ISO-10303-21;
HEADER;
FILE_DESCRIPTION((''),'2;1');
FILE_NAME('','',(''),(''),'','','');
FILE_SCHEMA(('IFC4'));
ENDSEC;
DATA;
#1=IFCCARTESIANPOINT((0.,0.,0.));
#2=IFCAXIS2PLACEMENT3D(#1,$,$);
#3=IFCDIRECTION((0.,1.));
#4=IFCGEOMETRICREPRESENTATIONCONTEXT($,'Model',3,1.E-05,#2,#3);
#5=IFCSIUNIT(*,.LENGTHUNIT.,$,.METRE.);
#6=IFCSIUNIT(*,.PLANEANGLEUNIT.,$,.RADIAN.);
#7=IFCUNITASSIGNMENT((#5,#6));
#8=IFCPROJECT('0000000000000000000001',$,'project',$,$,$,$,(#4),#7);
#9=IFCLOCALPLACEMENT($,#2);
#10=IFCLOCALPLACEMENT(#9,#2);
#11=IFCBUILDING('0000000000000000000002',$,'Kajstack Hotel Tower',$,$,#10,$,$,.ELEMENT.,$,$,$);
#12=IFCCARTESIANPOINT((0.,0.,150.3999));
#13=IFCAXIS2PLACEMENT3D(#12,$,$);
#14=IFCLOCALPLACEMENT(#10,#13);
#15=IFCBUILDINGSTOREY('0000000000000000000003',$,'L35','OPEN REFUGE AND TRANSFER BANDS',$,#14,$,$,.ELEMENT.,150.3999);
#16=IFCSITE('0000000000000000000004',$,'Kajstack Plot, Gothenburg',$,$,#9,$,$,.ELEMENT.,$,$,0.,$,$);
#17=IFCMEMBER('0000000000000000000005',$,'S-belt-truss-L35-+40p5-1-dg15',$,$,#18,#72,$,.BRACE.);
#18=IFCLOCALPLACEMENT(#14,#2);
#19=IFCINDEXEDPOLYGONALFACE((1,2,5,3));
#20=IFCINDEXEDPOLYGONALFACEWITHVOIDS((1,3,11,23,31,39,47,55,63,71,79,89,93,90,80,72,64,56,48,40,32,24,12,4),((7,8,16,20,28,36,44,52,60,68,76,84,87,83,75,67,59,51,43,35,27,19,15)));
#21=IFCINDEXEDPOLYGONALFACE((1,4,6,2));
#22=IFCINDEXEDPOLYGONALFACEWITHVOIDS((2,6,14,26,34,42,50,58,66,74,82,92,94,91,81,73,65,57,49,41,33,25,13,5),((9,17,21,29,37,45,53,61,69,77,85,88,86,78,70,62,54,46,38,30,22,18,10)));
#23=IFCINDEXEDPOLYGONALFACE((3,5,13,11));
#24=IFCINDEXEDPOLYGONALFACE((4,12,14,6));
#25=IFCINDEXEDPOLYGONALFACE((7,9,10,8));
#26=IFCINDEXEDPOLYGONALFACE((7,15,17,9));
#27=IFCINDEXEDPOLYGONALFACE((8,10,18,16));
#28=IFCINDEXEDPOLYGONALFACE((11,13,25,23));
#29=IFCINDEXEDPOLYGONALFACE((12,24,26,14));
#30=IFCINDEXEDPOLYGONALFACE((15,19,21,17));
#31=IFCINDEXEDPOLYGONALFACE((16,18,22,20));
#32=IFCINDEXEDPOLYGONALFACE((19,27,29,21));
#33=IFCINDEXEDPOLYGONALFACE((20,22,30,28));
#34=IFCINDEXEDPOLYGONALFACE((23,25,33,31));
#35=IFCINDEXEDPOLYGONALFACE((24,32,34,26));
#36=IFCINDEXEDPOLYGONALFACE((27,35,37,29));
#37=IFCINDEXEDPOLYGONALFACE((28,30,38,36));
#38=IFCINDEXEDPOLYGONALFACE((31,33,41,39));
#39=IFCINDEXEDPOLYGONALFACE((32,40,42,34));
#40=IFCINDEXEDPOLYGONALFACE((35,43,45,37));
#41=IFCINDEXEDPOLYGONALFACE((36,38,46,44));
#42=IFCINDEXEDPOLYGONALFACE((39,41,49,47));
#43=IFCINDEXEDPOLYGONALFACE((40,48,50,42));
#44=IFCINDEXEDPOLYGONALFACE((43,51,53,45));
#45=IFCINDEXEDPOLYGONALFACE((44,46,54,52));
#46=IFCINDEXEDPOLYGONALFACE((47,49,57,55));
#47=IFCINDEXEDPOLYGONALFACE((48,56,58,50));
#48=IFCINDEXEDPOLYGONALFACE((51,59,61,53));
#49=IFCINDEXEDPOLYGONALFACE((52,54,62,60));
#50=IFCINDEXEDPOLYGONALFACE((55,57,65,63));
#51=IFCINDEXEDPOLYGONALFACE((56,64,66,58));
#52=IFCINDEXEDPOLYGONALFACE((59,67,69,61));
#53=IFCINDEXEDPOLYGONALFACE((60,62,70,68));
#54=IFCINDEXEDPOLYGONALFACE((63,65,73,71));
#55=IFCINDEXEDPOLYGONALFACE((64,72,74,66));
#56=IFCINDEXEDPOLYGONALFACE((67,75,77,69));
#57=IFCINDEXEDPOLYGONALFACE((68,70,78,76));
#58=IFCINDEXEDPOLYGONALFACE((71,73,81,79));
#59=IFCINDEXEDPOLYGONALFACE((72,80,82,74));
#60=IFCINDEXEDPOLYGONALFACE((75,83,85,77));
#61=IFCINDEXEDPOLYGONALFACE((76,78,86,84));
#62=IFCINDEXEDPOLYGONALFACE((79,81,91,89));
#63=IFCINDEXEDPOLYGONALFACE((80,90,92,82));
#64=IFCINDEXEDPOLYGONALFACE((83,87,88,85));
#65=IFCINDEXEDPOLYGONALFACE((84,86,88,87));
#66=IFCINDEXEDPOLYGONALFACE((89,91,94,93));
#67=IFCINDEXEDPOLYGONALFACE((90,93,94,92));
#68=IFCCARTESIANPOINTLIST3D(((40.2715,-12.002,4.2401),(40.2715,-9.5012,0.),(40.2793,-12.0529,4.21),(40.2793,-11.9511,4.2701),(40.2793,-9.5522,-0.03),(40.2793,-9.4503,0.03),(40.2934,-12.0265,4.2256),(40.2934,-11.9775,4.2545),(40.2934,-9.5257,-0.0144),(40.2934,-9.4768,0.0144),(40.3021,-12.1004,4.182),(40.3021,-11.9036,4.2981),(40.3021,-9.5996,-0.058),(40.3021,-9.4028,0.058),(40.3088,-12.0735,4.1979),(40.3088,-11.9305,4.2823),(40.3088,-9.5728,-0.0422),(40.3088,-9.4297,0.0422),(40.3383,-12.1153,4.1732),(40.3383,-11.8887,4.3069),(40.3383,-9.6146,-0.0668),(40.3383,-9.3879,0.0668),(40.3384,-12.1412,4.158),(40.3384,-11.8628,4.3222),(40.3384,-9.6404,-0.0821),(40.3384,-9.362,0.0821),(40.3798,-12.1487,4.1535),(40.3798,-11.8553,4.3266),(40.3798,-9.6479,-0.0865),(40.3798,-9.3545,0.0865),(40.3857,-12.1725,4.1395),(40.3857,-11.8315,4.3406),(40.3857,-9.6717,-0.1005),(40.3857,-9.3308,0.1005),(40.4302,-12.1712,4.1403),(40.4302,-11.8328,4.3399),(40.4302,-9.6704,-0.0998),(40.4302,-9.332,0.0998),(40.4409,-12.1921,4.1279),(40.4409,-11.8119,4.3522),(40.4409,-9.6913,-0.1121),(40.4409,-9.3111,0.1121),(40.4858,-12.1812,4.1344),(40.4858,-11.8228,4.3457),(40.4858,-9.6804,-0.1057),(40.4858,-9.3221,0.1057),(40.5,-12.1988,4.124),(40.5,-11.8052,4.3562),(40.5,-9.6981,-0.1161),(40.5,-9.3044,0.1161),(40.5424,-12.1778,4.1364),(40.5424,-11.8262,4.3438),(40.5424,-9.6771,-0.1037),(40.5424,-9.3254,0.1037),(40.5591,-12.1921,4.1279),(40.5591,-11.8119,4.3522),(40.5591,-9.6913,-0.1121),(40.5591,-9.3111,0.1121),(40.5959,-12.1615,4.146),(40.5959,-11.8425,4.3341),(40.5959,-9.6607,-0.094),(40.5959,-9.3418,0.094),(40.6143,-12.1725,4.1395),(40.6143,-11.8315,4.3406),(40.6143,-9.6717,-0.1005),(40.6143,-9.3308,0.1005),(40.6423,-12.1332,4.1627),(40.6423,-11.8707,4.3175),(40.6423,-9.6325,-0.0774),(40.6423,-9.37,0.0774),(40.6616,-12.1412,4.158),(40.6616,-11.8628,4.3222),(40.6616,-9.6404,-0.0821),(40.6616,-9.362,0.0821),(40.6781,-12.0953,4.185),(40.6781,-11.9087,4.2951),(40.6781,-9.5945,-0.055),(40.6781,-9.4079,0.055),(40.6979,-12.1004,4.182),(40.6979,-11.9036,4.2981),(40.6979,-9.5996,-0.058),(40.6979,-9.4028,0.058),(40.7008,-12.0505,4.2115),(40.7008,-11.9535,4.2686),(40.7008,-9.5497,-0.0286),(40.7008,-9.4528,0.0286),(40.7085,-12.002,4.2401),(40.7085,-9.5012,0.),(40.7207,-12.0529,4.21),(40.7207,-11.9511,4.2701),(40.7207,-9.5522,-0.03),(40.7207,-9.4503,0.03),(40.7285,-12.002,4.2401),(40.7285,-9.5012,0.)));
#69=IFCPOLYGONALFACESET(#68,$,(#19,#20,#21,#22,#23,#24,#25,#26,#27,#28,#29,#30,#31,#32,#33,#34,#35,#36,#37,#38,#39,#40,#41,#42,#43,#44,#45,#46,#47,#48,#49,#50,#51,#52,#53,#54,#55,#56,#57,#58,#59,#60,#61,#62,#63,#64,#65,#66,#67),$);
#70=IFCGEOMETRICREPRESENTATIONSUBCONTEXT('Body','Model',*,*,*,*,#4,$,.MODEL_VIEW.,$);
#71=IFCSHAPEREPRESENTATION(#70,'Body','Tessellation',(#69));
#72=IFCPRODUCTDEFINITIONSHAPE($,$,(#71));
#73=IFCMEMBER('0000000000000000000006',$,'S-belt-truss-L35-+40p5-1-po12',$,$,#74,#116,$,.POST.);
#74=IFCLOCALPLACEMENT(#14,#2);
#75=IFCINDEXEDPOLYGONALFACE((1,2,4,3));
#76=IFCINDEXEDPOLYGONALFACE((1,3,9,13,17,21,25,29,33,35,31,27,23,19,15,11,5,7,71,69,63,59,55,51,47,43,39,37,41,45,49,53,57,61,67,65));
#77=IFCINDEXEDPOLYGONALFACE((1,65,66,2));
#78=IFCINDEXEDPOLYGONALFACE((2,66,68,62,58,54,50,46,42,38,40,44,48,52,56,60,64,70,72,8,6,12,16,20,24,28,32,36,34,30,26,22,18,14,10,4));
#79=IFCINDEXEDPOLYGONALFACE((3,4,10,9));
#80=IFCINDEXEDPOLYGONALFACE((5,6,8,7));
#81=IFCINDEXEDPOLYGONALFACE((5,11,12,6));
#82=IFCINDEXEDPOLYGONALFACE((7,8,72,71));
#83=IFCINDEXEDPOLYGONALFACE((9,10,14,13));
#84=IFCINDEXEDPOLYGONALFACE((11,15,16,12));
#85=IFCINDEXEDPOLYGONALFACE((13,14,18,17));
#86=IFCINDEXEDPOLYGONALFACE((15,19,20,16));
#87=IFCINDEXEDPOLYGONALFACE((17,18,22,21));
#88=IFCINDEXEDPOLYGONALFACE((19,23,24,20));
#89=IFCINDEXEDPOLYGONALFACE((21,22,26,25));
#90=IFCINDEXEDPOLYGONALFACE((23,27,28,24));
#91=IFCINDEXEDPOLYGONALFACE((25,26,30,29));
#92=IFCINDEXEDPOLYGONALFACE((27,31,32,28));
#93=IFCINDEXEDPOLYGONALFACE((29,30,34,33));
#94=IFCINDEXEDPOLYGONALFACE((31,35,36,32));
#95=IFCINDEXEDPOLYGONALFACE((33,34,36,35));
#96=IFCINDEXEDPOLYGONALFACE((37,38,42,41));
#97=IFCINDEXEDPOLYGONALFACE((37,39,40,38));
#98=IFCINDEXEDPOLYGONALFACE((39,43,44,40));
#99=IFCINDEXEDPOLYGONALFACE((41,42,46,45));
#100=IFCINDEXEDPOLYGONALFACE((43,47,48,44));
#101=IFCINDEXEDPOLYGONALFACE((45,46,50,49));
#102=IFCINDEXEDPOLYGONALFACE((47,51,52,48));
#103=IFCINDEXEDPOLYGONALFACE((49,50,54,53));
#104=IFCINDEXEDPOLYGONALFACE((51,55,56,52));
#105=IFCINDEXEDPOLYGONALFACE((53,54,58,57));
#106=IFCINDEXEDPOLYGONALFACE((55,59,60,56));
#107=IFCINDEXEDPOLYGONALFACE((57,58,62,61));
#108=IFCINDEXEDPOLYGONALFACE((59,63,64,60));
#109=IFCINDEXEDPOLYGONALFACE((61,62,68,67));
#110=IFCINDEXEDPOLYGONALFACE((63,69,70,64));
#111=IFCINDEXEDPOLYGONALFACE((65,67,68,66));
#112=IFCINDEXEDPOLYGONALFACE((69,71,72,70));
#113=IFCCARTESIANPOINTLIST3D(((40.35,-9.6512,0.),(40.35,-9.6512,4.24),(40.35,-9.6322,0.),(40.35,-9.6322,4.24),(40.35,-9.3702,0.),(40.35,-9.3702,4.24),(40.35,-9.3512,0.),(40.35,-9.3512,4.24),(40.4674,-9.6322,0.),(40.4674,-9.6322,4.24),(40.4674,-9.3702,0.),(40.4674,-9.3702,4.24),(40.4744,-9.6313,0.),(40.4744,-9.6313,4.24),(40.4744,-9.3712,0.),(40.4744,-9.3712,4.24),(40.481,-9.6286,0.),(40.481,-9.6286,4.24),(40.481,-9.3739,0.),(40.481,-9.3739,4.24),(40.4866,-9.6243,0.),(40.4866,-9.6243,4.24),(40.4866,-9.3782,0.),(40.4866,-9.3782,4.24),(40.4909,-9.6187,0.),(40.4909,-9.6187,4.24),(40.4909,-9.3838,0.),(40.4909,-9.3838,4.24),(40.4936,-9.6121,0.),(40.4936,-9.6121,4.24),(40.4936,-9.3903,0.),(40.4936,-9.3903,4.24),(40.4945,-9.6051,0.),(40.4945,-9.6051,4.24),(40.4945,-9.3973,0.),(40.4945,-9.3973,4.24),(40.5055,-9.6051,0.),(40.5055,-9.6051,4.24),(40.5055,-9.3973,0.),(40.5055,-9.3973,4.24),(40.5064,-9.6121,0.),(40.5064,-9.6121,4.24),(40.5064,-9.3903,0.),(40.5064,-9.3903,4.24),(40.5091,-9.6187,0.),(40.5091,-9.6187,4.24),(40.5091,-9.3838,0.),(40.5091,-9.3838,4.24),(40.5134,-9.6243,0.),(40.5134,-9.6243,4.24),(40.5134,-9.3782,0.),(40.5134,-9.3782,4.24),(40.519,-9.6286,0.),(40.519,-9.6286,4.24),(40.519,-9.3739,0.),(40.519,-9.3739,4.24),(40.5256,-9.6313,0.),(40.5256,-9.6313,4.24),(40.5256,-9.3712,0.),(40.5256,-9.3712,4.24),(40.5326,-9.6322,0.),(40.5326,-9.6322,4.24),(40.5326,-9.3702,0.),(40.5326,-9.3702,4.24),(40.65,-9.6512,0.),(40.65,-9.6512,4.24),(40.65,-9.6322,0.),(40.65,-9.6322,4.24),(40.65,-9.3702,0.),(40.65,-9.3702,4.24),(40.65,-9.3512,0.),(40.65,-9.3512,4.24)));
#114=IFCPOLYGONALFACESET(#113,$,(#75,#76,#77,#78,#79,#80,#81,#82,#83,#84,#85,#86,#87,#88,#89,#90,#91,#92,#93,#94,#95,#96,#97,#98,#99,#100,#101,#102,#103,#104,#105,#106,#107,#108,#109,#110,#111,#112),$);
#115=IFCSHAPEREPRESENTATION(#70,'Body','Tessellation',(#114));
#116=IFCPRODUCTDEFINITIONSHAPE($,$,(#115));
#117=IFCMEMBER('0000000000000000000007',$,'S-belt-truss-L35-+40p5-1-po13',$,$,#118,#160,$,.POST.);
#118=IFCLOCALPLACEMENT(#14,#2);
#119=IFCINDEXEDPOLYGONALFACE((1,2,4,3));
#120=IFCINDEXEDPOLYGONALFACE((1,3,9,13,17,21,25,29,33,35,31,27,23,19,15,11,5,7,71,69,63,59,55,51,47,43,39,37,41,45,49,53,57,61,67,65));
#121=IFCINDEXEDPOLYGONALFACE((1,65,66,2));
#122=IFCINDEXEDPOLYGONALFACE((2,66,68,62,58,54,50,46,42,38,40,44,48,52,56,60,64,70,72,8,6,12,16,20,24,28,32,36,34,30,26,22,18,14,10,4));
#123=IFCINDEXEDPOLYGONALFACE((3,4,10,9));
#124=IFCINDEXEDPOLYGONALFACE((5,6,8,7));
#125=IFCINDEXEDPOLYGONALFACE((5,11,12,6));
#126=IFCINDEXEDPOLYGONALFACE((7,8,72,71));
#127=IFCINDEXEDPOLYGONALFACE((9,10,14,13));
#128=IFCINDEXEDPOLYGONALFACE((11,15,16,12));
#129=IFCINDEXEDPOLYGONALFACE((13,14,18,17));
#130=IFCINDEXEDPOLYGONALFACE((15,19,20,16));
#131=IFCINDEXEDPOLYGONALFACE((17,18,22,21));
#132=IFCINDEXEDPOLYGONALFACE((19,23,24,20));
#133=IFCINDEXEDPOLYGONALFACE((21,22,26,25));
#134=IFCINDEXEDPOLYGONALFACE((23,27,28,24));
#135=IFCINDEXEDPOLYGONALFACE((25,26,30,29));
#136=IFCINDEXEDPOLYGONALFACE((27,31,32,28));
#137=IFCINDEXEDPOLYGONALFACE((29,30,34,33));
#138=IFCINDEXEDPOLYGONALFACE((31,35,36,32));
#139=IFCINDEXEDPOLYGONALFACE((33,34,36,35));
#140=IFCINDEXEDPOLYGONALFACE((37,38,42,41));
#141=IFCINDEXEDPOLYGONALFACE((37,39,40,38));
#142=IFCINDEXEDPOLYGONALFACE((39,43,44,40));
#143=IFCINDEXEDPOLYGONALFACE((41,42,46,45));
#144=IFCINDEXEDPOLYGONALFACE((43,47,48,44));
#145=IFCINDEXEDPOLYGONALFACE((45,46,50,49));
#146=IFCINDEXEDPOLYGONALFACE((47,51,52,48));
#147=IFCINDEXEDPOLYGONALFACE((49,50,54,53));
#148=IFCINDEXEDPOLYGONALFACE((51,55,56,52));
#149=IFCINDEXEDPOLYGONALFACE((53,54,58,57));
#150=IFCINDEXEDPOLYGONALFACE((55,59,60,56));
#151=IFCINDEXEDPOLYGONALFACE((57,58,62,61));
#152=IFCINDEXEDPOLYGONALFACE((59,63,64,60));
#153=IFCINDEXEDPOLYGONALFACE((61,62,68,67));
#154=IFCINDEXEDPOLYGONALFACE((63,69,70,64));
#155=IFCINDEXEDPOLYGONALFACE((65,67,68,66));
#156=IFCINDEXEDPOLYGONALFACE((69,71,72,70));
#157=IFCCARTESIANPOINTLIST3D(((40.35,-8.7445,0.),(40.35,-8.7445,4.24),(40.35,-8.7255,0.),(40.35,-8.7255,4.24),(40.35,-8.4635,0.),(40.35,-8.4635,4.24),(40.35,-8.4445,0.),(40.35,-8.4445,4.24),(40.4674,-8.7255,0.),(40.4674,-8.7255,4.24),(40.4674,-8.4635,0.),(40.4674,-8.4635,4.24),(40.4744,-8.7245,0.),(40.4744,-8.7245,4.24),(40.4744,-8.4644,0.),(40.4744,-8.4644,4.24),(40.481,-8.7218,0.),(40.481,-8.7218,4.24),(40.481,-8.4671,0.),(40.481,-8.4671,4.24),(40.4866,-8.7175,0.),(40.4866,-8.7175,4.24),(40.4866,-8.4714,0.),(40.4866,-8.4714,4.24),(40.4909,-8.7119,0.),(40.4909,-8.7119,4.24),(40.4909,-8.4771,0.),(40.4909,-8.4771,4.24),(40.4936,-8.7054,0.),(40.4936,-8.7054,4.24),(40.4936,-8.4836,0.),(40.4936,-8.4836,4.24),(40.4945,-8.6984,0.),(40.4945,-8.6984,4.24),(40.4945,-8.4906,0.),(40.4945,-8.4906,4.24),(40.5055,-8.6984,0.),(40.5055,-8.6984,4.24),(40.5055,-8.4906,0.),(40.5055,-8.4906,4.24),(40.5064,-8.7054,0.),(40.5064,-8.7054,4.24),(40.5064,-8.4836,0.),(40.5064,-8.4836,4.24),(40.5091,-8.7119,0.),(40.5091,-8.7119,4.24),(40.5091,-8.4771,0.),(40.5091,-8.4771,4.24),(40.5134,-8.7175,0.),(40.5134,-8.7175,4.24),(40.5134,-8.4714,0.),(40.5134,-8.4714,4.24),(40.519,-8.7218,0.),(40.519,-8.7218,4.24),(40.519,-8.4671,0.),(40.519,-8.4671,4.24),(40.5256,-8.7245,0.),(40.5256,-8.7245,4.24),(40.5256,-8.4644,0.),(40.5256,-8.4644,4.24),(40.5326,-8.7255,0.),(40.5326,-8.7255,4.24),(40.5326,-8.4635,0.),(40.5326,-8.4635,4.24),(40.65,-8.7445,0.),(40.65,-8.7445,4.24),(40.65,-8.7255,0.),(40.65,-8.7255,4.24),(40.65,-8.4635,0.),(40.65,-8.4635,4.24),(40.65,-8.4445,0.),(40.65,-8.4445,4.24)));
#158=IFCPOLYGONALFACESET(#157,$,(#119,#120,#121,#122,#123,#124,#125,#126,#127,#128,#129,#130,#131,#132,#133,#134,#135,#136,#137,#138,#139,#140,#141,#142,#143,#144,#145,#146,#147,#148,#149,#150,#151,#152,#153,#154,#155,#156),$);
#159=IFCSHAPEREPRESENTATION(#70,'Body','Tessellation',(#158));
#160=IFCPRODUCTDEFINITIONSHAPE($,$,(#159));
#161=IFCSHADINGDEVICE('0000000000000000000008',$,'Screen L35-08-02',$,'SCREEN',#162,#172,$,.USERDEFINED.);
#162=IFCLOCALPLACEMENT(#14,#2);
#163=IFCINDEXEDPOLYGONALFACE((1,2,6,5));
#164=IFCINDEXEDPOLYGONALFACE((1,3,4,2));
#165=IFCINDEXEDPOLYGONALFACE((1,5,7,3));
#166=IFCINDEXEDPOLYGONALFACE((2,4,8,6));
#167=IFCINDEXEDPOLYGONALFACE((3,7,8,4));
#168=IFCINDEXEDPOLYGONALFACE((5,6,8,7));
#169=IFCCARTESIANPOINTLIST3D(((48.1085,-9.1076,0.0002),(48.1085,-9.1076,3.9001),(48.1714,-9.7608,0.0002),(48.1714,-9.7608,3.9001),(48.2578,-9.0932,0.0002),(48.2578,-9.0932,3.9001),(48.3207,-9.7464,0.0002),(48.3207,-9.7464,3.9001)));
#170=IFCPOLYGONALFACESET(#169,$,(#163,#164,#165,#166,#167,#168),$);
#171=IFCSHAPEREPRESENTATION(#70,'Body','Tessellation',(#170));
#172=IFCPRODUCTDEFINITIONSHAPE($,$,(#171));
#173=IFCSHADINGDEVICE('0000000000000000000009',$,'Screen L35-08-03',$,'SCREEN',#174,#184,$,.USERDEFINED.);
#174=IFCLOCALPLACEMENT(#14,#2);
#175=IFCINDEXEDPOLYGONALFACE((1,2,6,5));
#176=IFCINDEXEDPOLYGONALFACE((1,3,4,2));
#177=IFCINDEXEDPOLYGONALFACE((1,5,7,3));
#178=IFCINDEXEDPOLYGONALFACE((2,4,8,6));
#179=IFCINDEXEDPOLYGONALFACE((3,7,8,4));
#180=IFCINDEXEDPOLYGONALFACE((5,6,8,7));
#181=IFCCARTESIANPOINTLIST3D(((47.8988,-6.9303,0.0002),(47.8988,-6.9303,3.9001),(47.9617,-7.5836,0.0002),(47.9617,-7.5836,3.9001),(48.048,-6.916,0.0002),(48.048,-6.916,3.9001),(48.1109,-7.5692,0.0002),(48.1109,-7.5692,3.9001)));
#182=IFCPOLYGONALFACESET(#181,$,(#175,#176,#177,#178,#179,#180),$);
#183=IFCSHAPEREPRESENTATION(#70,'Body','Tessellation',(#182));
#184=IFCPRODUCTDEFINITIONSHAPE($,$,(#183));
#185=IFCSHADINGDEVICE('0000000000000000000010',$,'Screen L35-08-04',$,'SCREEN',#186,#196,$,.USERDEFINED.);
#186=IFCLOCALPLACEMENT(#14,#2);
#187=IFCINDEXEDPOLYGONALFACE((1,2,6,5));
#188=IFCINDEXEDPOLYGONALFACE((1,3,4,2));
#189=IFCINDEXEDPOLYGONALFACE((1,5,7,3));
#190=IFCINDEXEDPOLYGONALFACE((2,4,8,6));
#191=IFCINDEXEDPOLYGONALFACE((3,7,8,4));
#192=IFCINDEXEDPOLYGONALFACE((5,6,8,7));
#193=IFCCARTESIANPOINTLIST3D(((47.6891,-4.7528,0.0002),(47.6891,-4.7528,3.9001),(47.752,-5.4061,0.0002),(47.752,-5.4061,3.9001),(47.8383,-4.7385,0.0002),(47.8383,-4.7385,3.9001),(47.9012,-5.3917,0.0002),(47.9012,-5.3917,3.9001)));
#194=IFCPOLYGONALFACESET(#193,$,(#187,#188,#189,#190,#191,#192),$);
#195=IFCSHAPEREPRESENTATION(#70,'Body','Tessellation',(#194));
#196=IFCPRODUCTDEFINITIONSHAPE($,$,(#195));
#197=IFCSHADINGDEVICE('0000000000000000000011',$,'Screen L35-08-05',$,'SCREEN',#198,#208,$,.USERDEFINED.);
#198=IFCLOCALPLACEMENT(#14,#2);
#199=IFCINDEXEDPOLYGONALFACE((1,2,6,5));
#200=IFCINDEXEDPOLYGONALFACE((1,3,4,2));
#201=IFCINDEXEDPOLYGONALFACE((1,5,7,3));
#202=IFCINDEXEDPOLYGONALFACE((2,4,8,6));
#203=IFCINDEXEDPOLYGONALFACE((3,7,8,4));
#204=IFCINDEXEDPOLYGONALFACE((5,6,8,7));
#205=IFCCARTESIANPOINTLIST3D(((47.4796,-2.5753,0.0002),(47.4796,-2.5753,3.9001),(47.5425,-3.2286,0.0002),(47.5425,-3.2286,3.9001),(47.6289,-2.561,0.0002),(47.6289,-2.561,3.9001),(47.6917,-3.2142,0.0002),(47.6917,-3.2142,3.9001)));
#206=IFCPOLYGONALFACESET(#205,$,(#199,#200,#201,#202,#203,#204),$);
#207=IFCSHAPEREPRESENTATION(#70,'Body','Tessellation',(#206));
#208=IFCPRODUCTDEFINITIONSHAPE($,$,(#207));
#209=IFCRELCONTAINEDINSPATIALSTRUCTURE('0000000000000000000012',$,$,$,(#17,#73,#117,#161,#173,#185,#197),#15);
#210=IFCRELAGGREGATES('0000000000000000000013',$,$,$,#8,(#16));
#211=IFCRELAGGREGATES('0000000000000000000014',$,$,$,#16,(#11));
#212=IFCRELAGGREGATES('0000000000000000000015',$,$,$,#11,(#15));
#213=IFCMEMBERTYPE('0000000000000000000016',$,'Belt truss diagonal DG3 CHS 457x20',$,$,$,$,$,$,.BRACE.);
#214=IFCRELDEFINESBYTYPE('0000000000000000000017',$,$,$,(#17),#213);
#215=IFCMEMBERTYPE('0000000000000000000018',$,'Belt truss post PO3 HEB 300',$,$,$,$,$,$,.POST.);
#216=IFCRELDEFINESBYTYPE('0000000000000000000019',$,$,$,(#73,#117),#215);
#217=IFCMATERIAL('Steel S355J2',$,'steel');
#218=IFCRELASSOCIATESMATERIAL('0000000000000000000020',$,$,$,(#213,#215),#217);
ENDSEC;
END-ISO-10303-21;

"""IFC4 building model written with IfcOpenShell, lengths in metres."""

from ifc_helpers import new_model, si_unit, direction, frame, origin, origin_2d, place, context, subcontext, project, spatial, rectangle, hollow_circle, i_section, extrude, material, material_profile, profile_set, type_object, element, save


model = new_model("IFC4")

# Units and contexts
model_context = context("Model", 3, precision=1e-05, world=origin(), true_north=direction((0.0, 1.0)))
body_context = subcontext(model_context, "Body", "Model", "MODEL_VIEW")
ifc_project = project(units=[si_unit("LENGTHUNIT", "METRE"), si_unit("PLANEANGLEUNIT", "RADIAN")], contexts=[model_context])

# Site, building, storey
site_placement = place(None, origin())
site = spatial("IfcSite", under=ifc_project, at=site_placement, Name="Kajstack Plot, Gothenburg", CompositionType="ELEMENT", RefElevation=0.0)
building_placement = place(site_placement, origin())
building = spatial("IfcBuilding", under=site, at=building_placement, Name="Kajstack Hotel Tower", CompositionType="ELEMENT")
storey_placement = place(building_placement, frame((0.0, 0.0, 150.3999)))
storey = spatial("IfcBuildingStorey", under=building, at=storey_placement, Name="L35", Description="OPEN REFUGE AND TRANSFER BANDS", CompositionType="ELEMENT", Elevation=150.3999)

# Members
ifc_material = material(Name="Steel S355J2", Category="steel")
ifc_material_profile_1 = material_profile(ifc_material, hollow_circle(Radius=0.2285, WallThickness=0.02, at=origin_2d()), Name="CHS 457x20")
ifc_profile_set_1 = profile_set([ifc_material_profile_1], Name="Steel S355J2")
member_type_1 = type_object("IfcMemberType", Name="Belt truss diagonal DG3 CHS 457x20", PredefinedType="BRACE", material=ifc_profile_set_1)
member_1_placement = place(storey_placement, frame((40.5, -9.5012, 0.0), z_axis=(0.0, -0.508019, 0.861346), x_axis=(1.0, 0.0, 0.0)))
element("IfcMember", 1, at=member_1_placement, inside=storey, type_object=member_type_1, Name="S-belt-truss-L35-+40p5-1-dg15", PredefinedType="BRACE", context=body_context, shape_type="SweptSolid", body=[
    extrude(hollow_circle(Radius=0.2285, WallThickness=0.02, at=origin_2d()), origin(), (0.0, 0.0, 1.0), 4.9226),
])
ifc_material_profile_2 = material_profile(ifc_material, i_section(OverallWidth=0.3, OverallDepth=0.3, WebThickness=0.011, FlangeThickness=0.019, FilletRadius=0.0271, at=origin_2d()), Name="HEB 300")
ifc_profile_set_2 = profile_set([ifc_material_profile_2], Name="Steel S355J2")
member_type_2 = type_object("IfcMemberType", Name="Belt truss post PO3 HEB 300", PredefinedType="POST", material=ifc_profile_set_2)
for number, where, z_axis, x_axis, name in (
    (2, (40.5, -9.5012, 0.0), (0.0, 0.0, 1.0), (1.0, 0.0, 0.0), "S-belt-truss-L35-+40p5-1-po12"),
    (3, (40.5, -8.5945, 0.0), (0.0, 0.0, 1.0), (1.0, 0.0, 0.0), "S-belt-truss-L35-+40p5-1-po13"),
):
    element("IfcMember", number, at=place(storey_placement, frame(where, z_axis=z_axis, x_axis=x_axis)), inside=storey, type_object=member_type_2, Name=name, PredefinedType="POST", context=body_context, shape_type="SweptSolid", body=[
        extrude(i_section(OverallWidth=0.3, OverallDepth=0.3, WebThickness=0.011, FlangeThickness=0.019, FilletRadius=0.0271, at=origin_2d()), origin(), (0.0, 0.0, 1.0), 4.24),
    ])

# Shading devices
for number, where, z_axis, x_axis, name in (
    (4, (48.2146, -9.427, 0.0002), (0.0, 0.0, 1.0), (-0.095846, 0.995396, 0.0), "Screen L35-08-02"),
    (5, (48.0049, -7.2498, 0.0002), (0.0, 0.0, 1.0), (-0.095846, 0.995396, 0.0), "Screen L35-08-03"),
    (6, (47.7952, -5.0723, 0.0002), (0.0, 0.0, 1.0), (-0.095846, 0.995396, 0.0), "Screen L35-08-04"),
    (7, (47.5857, -2.8948, 0.0002), (0.0, 0.0, 1.0), (-0.095846, 0.995396, 0.0), "Screen L35-08-05"),
):
    element("IfcShadingDevice", number, at=place(storey_placement, frame(where, z_axis=z_axis, x_axis=x_axis)), inside=storey, Name=name, ObjectType="SCREEN", PredefinedType="USERDEFINED", context=body_context, shape_type="SweptSolid", body=[
        extrude(rectangle(XDim=0.6562, YDim=0.1499, at=origin_2d()), origin(), (0.0, 0.0, 1.0), 3.8999),
    ])

save(model, "model.ifc")
